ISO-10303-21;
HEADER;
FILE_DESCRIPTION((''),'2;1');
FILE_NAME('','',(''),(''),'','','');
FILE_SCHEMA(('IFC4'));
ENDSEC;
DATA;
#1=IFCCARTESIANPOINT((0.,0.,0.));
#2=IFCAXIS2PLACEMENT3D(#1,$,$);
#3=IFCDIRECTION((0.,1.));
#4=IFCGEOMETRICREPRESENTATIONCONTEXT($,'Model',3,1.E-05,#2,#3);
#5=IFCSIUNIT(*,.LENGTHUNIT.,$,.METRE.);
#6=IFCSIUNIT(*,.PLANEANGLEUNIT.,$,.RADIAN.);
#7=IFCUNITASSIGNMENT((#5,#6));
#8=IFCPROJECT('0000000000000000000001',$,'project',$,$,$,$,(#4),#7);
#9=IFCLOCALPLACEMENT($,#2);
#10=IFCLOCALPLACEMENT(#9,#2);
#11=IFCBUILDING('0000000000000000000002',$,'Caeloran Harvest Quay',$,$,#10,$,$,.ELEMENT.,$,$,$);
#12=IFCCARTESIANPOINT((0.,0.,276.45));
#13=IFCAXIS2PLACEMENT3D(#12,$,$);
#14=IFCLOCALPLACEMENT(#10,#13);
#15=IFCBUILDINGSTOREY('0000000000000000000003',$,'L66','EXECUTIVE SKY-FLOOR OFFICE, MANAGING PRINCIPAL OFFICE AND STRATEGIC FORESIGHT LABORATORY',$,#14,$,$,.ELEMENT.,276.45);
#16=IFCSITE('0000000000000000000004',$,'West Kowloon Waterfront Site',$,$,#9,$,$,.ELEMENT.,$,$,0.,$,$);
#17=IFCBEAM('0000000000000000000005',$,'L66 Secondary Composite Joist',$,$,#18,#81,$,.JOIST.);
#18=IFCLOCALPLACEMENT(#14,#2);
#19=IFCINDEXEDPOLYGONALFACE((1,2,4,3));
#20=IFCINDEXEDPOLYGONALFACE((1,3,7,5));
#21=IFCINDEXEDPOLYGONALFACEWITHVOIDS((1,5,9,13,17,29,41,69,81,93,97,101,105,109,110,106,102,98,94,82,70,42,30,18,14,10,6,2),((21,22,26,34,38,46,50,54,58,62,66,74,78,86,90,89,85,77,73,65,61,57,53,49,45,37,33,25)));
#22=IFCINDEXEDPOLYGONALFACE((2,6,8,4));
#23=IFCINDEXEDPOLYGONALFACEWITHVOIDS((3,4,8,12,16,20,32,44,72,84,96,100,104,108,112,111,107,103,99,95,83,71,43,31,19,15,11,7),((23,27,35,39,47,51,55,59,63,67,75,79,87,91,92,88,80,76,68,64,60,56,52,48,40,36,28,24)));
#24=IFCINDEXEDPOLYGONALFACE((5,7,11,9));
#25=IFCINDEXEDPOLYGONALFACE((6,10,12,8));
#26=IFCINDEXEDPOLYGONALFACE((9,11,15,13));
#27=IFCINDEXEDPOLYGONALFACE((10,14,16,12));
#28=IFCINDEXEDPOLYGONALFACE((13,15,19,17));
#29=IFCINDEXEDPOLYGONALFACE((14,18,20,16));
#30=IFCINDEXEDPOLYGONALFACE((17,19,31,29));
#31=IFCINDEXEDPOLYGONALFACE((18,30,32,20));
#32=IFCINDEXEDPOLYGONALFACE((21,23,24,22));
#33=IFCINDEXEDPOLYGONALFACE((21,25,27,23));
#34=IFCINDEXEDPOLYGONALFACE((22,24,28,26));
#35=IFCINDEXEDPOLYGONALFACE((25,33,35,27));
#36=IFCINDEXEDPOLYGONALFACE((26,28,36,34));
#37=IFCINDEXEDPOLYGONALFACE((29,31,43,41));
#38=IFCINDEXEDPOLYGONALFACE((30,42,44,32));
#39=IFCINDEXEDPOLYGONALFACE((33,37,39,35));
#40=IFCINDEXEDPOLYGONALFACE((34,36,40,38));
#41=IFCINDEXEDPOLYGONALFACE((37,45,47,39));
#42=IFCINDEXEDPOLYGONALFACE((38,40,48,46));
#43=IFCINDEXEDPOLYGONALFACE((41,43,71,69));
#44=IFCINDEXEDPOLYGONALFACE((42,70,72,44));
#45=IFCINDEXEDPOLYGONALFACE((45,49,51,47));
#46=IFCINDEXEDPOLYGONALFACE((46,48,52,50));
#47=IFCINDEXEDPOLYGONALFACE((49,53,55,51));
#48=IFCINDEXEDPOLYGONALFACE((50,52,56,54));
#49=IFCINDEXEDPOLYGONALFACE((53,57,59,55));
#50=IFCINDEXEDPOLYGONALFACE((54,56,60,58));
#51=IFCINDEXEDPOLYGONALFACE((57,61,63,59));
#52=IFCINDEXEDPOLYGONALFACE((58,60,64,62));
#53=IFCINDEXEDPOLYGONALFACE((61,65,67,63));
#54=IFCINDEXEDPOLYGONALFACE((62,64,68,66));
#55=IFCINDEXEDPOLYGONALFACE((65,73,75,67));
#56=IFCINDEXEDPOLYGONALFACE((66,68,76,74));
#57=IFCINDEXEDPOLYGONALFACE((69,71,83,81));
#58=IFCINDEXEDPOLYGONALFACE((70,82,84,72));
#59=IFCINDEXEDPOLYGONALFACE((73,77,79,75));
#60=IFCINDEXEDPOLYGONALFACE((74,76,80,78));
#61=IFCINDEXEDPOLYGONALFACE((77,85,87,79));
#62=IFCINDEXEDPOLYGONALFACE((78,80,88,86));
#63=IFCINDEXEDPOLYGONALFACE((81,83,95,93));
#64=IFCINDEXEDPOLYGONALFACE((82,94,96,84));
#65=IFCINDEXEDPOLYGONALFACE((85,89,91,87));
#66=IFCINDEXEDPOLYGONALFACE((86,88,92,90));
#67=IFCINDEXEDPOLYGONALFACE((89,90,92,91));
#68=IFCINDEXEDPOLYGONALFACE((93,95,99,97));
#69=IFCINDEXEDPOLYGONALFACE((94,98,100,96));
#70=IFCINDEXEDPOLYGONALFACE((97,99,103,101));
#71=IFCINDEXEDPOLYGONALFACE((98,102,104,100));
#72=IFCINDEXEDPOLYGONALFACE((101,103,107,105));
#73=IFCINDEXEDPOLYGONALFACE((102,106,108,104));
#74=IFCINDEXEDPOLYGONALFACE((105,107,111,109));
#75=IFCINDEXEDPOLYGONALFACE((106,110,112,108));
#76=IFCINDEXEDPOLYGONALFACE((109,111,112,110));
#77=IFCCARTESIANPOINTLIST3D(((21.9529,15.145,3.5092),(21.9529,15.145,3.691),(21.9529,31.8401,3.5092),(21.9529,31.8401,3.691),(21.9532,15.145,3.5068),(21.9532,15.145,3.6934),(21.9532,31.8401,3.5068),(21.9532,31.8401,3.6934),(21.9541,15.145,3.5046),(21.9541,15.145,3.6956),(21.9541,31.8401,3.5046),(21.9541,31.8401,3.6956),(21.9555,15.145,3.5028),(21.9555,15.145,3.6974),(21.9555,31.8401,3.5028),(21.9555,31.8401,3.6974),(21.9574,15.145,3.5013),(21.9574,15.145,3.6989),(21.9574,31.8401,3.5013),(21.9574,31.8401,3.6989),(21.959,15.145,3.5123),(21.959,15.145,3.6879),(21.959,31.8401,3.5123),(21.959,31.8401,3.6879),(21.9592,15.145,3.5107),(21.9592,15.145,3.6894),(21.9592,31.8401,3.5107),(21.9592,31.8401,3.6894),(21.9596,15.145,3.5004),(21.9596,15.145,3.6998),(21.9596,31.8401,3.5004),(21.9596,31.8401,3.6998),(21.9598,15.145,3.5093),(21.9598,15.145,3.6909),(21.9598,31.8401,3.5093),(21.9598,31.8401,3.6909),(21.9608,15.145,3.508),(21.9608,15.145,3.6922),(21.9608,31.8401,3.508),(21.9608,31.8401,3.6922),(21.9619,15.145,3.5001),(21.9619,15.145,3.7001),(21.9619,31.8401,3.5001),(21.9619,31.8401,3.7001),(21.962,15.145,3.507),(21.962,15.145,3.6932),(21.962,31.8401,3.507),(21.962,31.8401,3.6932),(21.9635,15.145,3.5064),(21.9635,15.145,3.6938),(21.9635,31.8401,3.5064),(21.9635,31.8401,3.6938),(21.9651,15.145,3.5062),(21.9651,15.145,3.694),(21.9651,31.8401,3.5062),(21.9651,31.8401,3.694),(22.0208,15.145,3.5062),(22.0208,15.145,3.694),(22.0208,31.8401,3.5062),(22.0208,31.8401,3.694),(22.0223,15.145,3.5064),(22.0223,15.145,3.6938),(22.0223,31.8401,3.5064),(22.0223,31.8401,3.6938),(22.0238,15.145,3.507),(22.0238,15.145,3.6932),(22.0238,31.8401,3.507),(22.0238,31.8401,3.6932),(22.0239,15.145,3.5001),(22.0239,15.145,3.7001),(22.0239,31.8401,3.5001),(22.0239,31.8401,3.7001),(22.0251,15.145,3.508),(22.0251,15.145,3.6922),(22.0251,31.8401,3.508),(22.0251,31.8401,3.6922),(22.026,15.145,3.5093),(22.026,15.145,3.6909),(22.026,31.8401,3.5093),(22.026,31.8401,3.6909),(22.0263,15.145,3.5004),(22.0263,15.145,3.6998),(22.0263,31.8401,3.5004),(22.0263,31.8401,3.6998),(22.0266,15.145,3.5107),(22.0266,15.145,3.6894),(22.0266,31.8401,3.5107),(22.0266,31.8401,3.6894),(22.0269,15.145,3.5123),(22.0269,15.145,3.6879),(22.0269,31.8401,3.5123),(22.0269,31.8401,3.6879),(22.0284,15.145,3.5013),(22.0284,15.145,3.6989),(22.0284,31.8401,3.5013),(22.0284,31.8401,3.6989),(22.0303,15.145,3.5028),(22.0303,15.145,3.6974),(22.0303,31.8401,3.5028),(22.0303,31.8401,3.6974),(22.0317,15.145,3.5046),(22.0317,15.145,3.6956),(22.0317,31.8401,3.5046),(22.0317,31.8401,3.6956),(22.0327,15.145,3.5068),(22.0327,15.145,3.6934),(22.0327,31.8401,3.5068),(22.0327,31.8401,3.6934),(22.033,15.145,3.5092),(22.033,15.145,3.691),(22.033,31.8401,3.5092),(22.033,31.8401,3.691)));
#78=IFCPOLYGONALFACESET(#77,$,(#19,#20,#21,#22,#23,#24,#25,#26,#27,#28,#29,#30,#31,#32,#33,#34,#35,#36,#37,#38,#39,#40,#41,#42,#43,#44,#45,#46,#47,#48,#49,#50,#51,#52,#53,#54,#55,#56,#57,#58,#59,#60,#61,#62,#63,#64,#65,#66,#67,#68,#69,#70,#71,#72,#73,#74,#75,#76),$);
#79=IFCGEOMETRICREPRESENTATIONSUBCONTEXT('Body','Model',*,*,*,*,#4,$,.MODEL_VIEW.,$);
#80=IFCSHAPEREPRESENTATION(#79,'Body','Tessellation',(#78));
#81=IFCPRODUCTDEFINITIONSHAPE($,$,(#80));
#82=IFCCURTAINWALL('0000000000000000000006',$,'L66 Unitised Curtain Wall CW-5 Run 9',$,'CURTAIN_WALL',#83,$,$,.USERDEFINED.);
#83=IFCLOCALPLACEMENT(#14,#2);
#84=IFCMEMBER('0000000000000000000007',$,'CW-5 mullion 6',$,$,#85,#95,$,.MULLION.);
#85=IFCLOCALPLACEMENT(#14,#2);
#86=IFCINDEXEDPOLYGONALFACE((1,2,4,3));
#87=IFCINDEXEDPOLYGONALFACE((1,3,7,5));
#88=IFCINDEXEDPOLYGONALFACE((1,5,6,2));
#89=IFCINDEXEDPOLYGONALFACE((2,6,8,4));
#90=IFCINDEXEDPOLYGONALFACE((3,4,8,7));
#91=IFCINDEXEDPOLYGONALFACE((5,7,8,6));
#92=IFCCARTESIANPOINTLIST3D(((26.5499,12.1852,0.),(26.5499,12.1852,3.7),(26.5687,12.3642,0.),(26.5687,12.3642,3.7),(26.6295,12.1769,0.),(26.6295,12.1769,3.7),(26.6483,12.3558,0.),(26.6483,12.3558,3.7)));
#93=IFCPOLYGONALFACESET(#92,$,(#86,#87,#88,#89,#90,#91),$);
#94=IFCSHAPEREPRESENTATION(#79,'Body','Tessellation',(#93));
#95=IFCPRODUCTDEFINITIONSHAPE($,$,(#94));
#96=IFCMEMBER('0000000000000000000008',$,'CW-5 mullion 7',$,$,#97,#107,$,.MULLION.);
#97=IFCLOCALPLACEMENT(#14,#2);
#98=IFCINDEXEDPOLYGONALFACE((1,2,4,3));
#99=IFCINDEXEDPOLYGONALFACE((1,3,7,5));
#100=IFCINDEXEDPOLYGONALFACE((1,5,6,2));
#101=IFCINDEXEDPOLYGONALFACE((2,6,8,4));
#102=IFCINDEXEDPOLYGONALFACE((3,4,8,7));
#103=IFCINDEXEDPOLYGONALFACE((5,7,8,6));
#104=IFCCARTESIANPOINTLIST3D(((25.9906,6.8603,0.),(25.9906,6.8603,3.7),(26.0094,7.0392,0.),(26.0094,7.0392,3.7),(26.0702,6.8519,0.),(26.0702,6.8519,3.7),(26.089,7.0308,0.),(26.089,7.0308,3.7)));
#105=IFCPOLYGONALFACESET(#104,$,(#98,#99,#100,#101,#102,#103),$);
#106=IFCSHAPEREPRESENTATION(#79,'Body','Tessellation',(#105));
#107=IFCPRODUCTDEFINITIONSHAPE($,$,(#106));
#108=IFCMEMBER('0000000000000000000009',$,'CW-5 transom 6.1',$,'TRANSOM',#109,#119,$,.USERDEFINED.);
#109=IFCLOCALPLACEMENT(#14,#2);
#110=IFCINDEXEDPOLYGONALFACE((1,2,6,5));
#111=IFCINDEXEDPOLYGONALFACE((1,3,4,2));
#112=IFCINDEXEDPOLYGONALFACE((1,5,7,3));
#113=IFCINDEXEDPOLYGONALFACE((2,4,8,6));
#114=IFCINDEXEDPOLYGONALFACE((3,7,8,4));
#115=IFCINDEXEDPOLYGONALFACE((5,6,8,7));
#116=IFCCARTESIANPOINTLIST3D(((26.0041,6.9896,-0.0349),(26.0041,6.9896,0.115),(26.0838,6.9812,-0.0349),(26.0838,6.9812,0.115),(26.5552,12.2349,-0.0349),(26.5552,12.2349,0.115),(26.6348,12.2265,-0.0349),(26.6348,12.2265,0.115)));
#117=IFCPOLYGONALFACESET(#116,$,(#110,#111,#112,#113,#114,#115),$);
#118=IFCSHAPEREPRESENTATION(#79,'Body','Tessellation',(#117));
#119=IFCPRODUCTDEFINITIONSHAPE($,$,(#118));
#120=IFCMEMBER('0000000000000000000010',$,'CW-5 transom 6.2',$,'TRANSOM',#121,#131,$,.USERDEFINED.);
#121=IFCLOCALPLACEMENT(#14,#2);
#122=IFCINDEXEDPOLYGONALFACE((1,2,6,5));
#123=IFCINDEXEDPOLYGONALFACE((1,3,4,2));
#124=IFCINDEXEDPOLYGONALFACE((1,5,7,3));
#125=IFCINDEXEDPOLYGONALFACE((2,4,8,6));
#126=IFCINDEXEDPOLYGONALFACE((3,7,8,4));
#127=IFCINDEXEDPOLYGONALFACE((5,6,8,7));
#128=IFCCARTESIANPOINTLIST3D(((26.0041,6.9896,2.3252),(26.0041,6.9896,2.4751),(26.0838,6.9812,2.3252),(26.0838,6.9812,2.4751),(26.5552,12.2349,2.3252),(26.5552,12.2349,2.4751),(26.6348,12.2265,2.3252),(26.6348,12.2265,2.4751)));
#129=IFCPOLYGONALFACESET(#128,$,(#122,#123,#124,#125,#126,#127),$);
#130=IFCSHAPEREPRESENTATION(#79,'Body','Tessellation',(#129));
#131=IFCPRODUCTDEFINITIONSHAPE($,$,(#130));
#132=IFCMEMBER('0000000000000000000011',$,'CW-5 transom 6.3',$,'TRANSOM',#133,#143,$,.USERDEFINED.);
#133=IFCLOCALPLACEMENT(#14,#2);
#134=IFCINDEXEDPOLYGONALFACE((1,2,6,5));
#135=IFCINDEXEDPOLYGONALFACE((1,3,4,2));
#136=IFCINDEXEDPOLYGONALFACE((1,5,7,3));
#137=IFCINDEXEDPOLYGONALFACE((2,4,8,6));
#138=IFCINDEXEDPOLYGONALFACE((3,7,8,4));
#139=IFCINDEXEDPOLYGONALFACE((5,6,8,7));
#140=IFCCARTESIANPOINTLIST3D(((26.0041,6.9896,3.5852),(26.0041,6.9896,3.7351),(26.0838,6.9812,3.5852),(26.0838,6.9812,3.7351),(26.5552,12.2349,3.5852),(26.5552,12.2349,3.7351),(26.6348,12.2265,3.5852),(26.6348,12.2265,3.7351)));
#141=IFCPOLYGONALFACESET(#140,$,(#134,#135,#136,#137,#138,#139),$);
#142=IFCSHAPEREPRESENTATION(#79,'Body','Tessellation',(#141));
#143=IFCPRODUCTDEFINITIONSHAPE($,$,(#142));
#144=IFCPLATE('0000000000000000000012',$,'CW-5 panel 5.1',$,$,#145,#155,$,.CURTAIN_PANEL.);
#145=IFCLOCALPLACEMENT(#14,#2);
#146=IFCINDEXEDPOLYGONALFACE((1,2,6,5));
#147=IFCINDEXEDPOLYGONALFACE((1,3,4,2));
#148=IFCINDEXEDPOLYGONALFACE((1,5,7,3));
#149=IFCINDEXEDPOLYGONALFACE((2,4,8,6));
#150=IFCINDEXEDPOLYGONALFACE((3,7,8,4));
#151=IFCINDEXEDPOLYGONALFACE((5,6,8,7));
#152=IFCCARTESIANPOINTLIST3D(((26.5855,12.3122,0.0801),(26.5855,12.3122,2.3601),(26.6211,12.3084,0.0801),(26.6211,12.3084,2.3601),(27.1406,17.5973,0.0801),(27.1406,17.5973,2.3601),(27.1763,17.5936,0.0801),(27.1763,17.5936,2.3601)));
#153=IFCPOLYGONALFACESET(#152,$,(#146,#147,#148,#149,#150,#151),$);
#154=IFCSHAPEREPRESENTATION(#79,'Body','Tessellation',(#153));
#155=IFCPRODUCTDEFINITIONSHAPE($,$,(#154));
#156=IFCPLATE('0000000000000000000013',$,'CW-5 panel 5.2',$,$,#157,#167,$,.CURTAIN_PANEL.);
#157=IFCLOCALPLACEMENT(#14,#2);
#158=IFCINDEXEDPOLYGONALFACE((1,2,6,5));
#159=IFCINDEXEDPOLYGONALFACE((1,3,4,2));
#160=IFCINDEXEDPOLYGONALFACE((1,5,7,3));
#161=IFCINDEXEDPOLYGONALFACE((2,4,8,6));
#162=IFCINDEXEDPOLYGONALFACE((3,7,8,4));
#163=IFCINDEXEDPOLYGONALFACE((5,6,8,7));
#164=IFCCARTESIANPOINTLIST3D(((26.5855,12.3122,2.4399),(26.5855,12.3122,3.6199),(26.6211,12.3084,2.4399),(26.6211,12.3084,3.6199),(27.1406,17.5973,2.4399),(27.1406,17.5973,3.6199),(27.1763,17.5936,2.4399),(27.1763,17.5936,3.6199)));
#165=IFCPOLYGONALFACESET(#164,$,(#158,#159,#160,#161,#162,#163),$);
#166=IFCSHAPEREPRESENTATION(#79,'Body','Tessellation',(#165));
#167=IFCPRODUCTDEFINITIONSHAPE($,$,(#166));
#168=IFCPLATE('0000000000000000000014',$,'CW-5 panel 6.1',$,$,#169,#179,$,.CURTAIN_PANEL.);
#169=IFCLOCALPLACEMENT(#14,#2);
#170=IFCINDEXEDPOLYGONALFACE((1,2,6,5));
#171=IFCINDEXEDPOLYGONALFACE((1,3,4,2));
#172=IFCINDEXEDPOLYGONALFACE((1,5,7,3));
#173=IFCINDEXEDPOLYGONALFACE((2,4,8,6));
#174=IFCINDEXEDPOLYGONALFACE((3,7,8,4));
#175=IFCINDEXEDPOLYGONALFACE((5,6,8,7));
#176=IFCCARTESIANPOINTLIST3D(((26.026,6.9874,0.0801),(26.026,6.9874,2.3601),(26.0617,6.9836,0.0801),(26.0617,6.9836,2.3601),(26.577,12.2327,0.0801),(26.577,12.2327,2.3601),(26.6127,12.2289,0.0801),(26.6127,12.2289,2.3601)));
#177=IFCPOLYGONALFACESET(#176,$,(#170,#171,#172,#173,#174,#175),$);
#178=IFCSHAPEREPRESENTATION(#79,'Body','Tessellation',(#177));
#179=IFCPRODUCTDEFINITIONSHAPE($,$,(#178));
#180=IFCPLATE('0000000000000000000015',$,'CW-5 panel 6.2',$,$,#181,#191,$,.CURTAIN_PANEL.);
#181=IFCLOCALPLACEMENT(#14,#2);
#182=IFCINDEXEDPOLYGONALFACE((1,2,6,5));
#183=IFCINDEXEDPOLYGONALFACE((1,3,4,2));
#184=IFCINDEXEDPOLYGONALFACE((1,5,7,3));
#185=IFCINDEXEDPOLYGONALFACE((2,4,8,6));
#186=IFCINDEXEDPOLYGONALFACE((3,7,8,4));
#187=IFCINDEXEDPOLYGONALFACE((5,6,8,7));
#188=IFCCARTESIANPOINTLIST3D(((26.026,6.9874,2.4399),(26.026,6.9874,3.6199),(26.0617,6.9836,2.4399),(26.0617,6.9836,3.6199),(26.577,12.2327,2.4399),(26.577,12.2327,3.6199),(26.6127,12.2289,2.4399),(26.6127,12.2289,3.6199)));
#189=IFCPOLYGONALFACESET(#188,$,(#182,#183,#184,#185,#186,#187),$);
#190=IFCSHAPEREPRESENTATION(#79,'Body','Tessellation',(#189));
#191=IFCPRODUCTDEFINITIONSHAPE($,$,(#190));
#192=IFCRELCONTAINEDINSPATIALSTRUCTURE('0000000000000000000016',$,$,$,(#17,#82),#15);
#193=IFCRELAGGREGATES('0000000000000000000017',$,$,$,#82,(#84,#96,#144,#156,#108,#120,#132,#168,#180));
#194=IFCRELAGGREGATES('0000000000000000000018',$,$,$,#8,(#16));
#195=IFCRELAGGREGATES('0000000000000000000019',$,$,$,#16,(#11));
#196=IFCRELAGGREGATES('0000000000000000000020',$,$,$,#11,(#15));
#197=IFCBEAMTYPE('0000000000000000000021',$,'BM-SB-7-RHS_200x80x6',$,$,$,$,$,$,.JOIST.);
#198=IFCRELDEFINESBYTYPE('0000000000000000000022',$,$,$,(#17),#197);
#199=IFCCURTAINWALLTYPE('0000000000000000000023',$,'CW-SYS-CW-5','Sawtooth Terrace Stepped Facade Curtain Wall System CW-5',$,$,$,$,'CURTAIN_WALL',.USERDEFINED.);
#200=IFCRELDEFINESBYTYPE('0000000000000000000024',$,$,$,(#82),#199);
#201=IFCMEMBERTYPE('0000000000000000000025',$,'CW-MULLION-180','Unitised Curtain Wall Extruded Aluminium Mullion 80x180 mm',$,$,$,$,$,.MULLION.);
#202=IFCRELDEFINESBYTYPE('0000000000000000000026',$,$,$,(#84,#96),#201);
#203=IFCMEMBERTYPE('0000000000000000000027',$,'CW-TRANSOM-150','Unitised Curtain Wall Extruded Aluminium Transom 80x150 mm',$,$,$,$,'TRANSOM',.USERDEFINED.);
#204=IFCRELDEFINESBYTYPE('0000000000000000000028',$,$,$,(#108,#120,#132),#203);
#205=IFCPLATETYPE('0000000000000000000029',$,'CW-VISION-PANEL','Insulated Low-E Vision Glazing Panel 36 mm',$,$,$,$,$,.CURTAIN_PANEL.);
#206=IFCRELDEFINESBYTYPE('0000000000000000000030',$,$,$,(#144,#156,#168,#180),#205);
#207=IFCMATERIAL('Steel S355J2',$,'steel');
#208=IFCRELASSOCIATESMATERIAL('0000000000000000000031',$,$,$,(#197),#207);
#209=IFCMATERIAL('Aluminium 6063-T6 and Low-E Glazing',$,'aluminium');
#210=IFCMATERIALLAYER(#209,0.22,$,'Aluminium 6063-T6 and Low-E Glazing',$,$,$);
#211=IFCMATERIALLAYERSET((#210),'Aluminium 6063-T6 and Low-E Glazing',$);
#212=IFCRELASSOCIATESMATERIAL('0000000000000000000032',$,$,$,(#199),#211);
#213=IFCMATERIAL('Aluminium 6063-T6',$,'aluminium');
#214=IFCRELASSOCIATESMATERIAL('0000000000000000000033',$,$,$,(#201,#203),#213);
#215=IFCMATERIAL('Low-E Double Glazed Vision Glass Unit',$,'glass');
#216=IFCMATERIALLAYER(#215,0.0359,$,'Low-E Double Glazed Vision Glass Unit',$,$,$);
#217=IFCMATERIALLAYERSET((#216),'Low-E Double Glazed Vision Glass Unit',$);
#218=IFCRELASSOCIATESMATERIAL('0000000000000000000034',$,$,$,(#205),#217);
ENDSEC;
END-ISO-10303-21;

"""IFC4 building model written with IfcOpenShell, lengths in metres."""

from ifc_helpers import new_model, si_unit, direction, frame, origin, origin_2d, place, context, subcontext, project, spatial, rectangle, hollow_rectangle, extrude, material, layer, layer_set, material_profile, profile_set, type_object, element, aggregate, save


model = new_model("IFC4")

# Units and contexts
model_context = context("Model", 3, precision=1e-05, world=origin(), true_north=direction((0.0, 1.0)))
body_context = subcontext(model_context, "Body", "Model", "MODEL_VIEW")
ifc_project = project(units=[si_unit("LENGTHUNIT", "METRE"), si_unit("PLANEANGLEUNIT", "RADIAN")], contexts=[model_context])

# Site, building, storey
site_placement = place(None, origin())
site = spatial("IfcSite", under=ifc_project, at=site_placement, Name="West Kowloon Waterfront Site", CompositionType="ELEMENT", RefElevation=0.0)
building_placement = place(site_placement, origin())
building = spatial("IfcBuilding", under=site, at=building_placement, Name="Caeloran Harvest Quay", CompositionType="ELEMENT")
storey_placement = place(building_placement, frame((0.0, 0.0, 276.45)))
storey = spatial("IfcBuildingStorey", under=building, at=storey_placement, Name="L66", Description="EXECUTIVE SKY-FLOOR OFFICE, MANAGING PRINCIPAL OFFICE AND STRATEGIC FORESIGHT LABORATORY", CompositionType="ELEMENT", Elevation=276.45)

# Beam
ifc_material_1 = material(Name="Steel S355J2", Category="steel")
ifc_material_profile_1 = material_profile(ifc_material_1, hollow_rectangle(XDim=0.0801, YDim=0.2, WallThickness=0.0061, InnerFilletRadius=0.0061, OuterFilletRadius=0.009, at=origin_2d()), Name="RHS 200x80x6")
ifc_profile_set_1 = profile_set([ifc_material_profile_1], Name="Steel S355J2")
beam_type_1 = type_object("IfcBeamType", Name="BM-SB-7-RHS_200x80x6", PredefinedType="JOIST", material=ifc_profile_set_1)
beam_1_placement = place(storey_placement, frame((21.9929, 15.145, 3.6001), z_axis=(0.0, 1.0, 0.0), x_axis=(-1.0, 0.0, 0.0)))
element("IfcBeam", 1, at=beam_1_placement, inside=storey, type_object=beam_type_1, Name="L66 Secondary Composite Joist", PredefinedType="JOIST", context=body_context, shape_type="SweptSolid", body=[
    extrude(hollow_rectangle(XDim=0.0801, YDim=0.2, WallThickness=0.0061, InnerFilletRadius=0.0061, OuterFilletRadius=0.009, at=origin_2d()), origin(), (0.0, 0.0, 1.0), 16.6951),
])

# Curtain wall, members, plates
ifc_material_2 = material(Name="Aluminium 6063-T6 and Low-E Glazing", Category="aluminium")
ifc_layer_1 = layer(ifc_material_2, 0.22, Name="Aluminium 6063-T6 and Low-E Glazing")
ifc_layer_set_1 = layer_set([ifc_layer_1], Name="Aluminium 6063-T6 and Low-E Glazing")
curtain_wall_type = type_object("IfcCurtainWallType", Name="CW-SYS-CW-5", Description="Sawtooth Terrace Stepped Facade Curtain Wall System CW-5", ElementType="CURTAIN_WALL", PredefinedType="USERDEFINED", material=ifc_layer_set_1)
curtain_wall_placement = place(storey_placement, origin())
curtain_wall = element("IfcCurtainWall", 2, at=curtain_wall_placement, inside=storey, type_object=curtain_wall_type, Name="L66 Unitised Curtain Wall CW-5 Run 9", ObjectType="CURTAIN_WALL", PredefinedType="USERDEFINED")
ifc_material_3 = material(Name="Aluminium 6063-T6", Category="aluminium")
ifc_material_profile_2 = material_profile(ifc_material_3, rectangle(XDim=0.0801, YDim=0.1799, at=origin_2d()), Name="CW-MULLION-180")
ifc_profile_set_2 = profile_set([ifc_material_profile_2], Name="Aluminium 6063-T6")
member_type_1 = type_object("IfcMemberType", Name="CW-MULLION-180", Description="Unitised Curtain Wall Extruded Aluminium Mullion 80x180 mm", PredefinedType="MULLION", material=ifc_profile_set_2)
member_1_placement = place(storey_placement, frame((26.5991, 12.2705, 0.0), z_axis=(0.0, 0.0, 1.0), x_axis=(0.994529, -0.10446, 0.0)))
member_1 = element("IfcMember", 3, at=member_1_placement, type_object=member_type_1, Name="CW-5 mullion 6", PredefinedType="MULLION", context=body_context, shape_type="SweptSolid", body=[
    extrude(rectangle(XDim=0.0801, YDim=0.1799, at=origin_2d()), origin(), (0.0, 0.0, 1.0), 3.7),
])
member_2_placement = place(storey_placement, frame((26.0398, 6.9456, 0.0), z_axis=(0.0, 0.0, 1.0), x_axis=(0.994529, -0.10446, 0.0)))
member_2 = element("IfcMember", 4, at=member_2_placement, type_object=member_type_1, Name="CW-5 mullion 7", PredefinedType="MULLION", context=body_context, shape_type="SweptSolid", body=[
    extrude(rectangle(XDim=0.0801, YDim=0.1799, at=origin_2d()), origin(), (0.0, 0.0, 1.0), 3.7),
])
ifc_material_profile_3 = material_profile(ifc_material_3, rectangle(XDim=0.0801, YDim=0.1499, at=origin_2d()), Name="CW-TRANSOM-150")
ifc_profile_set_3 = profile_set([ifc_material_profile_3], Name="Aluminium 6063-T6")
member_type_2 = type_object("IfcMemberType", Name="CW-TRANSOM-150", Description="Unitised Curtain Wall Extruded Aluminium Transom 80x150 mm", ElementType="TRANSOM", PredefinedType="USERDEFINED", material=ifc_profile_set_3)
member_3_placement = place(storey_placement, frame((26.595, 12.2307, 0.04), z_axis=(-0.104475, -0.994527, 0.0), x_axis=(0.994527, -0.104475, 0.0)))
member_3 = element("IfcMember", 5, at=member_3_placement, type_object=member_type_2, Name="CW-5 transom 6.1", ObjectType="TRANSOM", PredefinedType="USERDEFINED", context=body_context, shape_type="SweptSolid", body=[
    extrude(rectangle(XDim=0.0801, YDim=0.1499, at=origin_2d()), origin(), (0.0, 0.0, 1.0), 5.2742),
])
member_4_placement = place(storey_placement, frame((26.595, 12.2307, 2.4001), z_axis=(-0.104475, -0.994527, 0.0), x_axis=(0.994527, -0.104475, 0.0)))
member_4 = element("IfcMember", 6, at=member_4_placement, type_object=member_type_2, Name="CW-5 transom 6.2", ObjectType="TRANSOM", PredefinedType="USERDEFINED", context=body_context, shape_type="SweptSolid", body=[
    extrude(rectangle(XDim=0.0801, YDim=0.1499, at=origin_2d()), origin(), (0.0, 0.0, 1.0), 5.2742),
])
member_5_placement = place(storey_placement, frame((26.595, 12.2307, 3.6602), z_axis=(-0.104475, -0.994527, 0.0), x_axis=(0.994527, -0.104475, 0.0)))
member_5 = element("IfcMember", 7, at=member_5_placement, type_object=member_type_2, Name="CW-5 transom 6.3", ObjectType="TRANSOM", PredefinedType="USERDEFINED", context=body_context, shape_type="SweptSolid", body=[
    extrude(rectangle(XDim=0.0801, YDim=0.1499, at=origin_2d()), origin(), (0.0, 0.0, 1.0), 5.2742),
])
ifc_material_4 = material(Name="Low-E Double Glazed Vision Glass Unit", Category="glass")
ifc_layer_2 = layer(ifc_material_4, 0.0359, Name="Low-E Double Glazed Vision Glass Unit")
ifc_layer_set_2 = layer_set([ifc_layer_2], Name="Low-E Double Glazed Vision Glass Unit")
plate_type = type_object("IfcPlateType", Name="CW-VISION-PANEL", Description="Insulated Low-E Vision Glazing Panel 36 mm", PredefinedType="CURTAIN_PANEL", material=ifc_layer_set_2)
plate_1_placement = place(storey_placement, frame((26.8809, 14.9529, 0.0801), z_axis=(0.0, 0.0, 1.0), x_axis=(-0.10446, -0.994529, 0.0)))
plate_1 = element("IfcPlate", 8, at=plate_1_placement, type_object=plate_type, Name="CW-5 panel 5.1", PredefinedType="CURTAIN_PANEL", context=body_context, shape_type="SweptSolid", body=[
    extrude(rectangle(XDim=5.3142, YDim=0.0359, at=origin_2d()), origin(), (0.0, 0.0, 1.0), 2.28),
])
plate_2_placement = place(storey_placement, frame((26.8809, 14.9529, 2.4399), z_axis=(0.0, 0.0, 1.0), x_axis=(-0.10446, -0.994529, 0.0)))
plate_2 = element("IfcPlate", 9, at=plate_2_placement, type_object=plate_type, Name="CW-5 panel 5.2", PredefinedType="CURTAIN_PANEL", context=body_context, shape_type="SweptSolid", body=[
    extrude(rectangle(XDim=5.3142, YDim=0.0359, at=origin_2d()), origin(), (0.0, 0.0, 1.0), 1.1799),
])
plate_3_placement = place(storey_placement, frame((26.3193, 9.6082, 0.0801), z_axis=(0.0, 0.0, 1.0), x_axis=(-0.10446, -0.994529, 0.0)))
plate_3 = element("IfcPlate", 10, at=plate_3_placement, type_object=plate_type, Name="CW-5 panel 6.1", PredefinedType="CURTAIN_PANEL", context=body_context, shape_type="SweptSolid", body=[
    extrude(rectangle(XDim=5.2742, YDim=0.0359, at=origin_2d()), origin(), (0.0, 0.0, 1.0), 2.28),
])
plate_4_placement = place(storey_placement, frame((26.3193, 9.6082, 2.4399), z_axis=(0.0, 0.0, 1.0), x_axis=(-0.10446, -0.994529, 0.0)))
plate_4 = element("IfcPlate", 11, at=plate_4_placement, type_object=plate_type, Name="CW-5 panel 6.2", PredefinedType="CURTAIN_PANEL", context=body_context, shape_type="SweptSolid", body=[
    extrude(rectangle(XDim=5.2742, YDim=0.0359, at=origin_2d()), origin(), (0.0, 0.0, 1.0), 1.1799),
])
aggregate(curtain_wall, [member_1, member_2, plate_1, plate_2, member_3, member_4, member_5, plate_3, plate_4])

save(model, "model.ifc")
